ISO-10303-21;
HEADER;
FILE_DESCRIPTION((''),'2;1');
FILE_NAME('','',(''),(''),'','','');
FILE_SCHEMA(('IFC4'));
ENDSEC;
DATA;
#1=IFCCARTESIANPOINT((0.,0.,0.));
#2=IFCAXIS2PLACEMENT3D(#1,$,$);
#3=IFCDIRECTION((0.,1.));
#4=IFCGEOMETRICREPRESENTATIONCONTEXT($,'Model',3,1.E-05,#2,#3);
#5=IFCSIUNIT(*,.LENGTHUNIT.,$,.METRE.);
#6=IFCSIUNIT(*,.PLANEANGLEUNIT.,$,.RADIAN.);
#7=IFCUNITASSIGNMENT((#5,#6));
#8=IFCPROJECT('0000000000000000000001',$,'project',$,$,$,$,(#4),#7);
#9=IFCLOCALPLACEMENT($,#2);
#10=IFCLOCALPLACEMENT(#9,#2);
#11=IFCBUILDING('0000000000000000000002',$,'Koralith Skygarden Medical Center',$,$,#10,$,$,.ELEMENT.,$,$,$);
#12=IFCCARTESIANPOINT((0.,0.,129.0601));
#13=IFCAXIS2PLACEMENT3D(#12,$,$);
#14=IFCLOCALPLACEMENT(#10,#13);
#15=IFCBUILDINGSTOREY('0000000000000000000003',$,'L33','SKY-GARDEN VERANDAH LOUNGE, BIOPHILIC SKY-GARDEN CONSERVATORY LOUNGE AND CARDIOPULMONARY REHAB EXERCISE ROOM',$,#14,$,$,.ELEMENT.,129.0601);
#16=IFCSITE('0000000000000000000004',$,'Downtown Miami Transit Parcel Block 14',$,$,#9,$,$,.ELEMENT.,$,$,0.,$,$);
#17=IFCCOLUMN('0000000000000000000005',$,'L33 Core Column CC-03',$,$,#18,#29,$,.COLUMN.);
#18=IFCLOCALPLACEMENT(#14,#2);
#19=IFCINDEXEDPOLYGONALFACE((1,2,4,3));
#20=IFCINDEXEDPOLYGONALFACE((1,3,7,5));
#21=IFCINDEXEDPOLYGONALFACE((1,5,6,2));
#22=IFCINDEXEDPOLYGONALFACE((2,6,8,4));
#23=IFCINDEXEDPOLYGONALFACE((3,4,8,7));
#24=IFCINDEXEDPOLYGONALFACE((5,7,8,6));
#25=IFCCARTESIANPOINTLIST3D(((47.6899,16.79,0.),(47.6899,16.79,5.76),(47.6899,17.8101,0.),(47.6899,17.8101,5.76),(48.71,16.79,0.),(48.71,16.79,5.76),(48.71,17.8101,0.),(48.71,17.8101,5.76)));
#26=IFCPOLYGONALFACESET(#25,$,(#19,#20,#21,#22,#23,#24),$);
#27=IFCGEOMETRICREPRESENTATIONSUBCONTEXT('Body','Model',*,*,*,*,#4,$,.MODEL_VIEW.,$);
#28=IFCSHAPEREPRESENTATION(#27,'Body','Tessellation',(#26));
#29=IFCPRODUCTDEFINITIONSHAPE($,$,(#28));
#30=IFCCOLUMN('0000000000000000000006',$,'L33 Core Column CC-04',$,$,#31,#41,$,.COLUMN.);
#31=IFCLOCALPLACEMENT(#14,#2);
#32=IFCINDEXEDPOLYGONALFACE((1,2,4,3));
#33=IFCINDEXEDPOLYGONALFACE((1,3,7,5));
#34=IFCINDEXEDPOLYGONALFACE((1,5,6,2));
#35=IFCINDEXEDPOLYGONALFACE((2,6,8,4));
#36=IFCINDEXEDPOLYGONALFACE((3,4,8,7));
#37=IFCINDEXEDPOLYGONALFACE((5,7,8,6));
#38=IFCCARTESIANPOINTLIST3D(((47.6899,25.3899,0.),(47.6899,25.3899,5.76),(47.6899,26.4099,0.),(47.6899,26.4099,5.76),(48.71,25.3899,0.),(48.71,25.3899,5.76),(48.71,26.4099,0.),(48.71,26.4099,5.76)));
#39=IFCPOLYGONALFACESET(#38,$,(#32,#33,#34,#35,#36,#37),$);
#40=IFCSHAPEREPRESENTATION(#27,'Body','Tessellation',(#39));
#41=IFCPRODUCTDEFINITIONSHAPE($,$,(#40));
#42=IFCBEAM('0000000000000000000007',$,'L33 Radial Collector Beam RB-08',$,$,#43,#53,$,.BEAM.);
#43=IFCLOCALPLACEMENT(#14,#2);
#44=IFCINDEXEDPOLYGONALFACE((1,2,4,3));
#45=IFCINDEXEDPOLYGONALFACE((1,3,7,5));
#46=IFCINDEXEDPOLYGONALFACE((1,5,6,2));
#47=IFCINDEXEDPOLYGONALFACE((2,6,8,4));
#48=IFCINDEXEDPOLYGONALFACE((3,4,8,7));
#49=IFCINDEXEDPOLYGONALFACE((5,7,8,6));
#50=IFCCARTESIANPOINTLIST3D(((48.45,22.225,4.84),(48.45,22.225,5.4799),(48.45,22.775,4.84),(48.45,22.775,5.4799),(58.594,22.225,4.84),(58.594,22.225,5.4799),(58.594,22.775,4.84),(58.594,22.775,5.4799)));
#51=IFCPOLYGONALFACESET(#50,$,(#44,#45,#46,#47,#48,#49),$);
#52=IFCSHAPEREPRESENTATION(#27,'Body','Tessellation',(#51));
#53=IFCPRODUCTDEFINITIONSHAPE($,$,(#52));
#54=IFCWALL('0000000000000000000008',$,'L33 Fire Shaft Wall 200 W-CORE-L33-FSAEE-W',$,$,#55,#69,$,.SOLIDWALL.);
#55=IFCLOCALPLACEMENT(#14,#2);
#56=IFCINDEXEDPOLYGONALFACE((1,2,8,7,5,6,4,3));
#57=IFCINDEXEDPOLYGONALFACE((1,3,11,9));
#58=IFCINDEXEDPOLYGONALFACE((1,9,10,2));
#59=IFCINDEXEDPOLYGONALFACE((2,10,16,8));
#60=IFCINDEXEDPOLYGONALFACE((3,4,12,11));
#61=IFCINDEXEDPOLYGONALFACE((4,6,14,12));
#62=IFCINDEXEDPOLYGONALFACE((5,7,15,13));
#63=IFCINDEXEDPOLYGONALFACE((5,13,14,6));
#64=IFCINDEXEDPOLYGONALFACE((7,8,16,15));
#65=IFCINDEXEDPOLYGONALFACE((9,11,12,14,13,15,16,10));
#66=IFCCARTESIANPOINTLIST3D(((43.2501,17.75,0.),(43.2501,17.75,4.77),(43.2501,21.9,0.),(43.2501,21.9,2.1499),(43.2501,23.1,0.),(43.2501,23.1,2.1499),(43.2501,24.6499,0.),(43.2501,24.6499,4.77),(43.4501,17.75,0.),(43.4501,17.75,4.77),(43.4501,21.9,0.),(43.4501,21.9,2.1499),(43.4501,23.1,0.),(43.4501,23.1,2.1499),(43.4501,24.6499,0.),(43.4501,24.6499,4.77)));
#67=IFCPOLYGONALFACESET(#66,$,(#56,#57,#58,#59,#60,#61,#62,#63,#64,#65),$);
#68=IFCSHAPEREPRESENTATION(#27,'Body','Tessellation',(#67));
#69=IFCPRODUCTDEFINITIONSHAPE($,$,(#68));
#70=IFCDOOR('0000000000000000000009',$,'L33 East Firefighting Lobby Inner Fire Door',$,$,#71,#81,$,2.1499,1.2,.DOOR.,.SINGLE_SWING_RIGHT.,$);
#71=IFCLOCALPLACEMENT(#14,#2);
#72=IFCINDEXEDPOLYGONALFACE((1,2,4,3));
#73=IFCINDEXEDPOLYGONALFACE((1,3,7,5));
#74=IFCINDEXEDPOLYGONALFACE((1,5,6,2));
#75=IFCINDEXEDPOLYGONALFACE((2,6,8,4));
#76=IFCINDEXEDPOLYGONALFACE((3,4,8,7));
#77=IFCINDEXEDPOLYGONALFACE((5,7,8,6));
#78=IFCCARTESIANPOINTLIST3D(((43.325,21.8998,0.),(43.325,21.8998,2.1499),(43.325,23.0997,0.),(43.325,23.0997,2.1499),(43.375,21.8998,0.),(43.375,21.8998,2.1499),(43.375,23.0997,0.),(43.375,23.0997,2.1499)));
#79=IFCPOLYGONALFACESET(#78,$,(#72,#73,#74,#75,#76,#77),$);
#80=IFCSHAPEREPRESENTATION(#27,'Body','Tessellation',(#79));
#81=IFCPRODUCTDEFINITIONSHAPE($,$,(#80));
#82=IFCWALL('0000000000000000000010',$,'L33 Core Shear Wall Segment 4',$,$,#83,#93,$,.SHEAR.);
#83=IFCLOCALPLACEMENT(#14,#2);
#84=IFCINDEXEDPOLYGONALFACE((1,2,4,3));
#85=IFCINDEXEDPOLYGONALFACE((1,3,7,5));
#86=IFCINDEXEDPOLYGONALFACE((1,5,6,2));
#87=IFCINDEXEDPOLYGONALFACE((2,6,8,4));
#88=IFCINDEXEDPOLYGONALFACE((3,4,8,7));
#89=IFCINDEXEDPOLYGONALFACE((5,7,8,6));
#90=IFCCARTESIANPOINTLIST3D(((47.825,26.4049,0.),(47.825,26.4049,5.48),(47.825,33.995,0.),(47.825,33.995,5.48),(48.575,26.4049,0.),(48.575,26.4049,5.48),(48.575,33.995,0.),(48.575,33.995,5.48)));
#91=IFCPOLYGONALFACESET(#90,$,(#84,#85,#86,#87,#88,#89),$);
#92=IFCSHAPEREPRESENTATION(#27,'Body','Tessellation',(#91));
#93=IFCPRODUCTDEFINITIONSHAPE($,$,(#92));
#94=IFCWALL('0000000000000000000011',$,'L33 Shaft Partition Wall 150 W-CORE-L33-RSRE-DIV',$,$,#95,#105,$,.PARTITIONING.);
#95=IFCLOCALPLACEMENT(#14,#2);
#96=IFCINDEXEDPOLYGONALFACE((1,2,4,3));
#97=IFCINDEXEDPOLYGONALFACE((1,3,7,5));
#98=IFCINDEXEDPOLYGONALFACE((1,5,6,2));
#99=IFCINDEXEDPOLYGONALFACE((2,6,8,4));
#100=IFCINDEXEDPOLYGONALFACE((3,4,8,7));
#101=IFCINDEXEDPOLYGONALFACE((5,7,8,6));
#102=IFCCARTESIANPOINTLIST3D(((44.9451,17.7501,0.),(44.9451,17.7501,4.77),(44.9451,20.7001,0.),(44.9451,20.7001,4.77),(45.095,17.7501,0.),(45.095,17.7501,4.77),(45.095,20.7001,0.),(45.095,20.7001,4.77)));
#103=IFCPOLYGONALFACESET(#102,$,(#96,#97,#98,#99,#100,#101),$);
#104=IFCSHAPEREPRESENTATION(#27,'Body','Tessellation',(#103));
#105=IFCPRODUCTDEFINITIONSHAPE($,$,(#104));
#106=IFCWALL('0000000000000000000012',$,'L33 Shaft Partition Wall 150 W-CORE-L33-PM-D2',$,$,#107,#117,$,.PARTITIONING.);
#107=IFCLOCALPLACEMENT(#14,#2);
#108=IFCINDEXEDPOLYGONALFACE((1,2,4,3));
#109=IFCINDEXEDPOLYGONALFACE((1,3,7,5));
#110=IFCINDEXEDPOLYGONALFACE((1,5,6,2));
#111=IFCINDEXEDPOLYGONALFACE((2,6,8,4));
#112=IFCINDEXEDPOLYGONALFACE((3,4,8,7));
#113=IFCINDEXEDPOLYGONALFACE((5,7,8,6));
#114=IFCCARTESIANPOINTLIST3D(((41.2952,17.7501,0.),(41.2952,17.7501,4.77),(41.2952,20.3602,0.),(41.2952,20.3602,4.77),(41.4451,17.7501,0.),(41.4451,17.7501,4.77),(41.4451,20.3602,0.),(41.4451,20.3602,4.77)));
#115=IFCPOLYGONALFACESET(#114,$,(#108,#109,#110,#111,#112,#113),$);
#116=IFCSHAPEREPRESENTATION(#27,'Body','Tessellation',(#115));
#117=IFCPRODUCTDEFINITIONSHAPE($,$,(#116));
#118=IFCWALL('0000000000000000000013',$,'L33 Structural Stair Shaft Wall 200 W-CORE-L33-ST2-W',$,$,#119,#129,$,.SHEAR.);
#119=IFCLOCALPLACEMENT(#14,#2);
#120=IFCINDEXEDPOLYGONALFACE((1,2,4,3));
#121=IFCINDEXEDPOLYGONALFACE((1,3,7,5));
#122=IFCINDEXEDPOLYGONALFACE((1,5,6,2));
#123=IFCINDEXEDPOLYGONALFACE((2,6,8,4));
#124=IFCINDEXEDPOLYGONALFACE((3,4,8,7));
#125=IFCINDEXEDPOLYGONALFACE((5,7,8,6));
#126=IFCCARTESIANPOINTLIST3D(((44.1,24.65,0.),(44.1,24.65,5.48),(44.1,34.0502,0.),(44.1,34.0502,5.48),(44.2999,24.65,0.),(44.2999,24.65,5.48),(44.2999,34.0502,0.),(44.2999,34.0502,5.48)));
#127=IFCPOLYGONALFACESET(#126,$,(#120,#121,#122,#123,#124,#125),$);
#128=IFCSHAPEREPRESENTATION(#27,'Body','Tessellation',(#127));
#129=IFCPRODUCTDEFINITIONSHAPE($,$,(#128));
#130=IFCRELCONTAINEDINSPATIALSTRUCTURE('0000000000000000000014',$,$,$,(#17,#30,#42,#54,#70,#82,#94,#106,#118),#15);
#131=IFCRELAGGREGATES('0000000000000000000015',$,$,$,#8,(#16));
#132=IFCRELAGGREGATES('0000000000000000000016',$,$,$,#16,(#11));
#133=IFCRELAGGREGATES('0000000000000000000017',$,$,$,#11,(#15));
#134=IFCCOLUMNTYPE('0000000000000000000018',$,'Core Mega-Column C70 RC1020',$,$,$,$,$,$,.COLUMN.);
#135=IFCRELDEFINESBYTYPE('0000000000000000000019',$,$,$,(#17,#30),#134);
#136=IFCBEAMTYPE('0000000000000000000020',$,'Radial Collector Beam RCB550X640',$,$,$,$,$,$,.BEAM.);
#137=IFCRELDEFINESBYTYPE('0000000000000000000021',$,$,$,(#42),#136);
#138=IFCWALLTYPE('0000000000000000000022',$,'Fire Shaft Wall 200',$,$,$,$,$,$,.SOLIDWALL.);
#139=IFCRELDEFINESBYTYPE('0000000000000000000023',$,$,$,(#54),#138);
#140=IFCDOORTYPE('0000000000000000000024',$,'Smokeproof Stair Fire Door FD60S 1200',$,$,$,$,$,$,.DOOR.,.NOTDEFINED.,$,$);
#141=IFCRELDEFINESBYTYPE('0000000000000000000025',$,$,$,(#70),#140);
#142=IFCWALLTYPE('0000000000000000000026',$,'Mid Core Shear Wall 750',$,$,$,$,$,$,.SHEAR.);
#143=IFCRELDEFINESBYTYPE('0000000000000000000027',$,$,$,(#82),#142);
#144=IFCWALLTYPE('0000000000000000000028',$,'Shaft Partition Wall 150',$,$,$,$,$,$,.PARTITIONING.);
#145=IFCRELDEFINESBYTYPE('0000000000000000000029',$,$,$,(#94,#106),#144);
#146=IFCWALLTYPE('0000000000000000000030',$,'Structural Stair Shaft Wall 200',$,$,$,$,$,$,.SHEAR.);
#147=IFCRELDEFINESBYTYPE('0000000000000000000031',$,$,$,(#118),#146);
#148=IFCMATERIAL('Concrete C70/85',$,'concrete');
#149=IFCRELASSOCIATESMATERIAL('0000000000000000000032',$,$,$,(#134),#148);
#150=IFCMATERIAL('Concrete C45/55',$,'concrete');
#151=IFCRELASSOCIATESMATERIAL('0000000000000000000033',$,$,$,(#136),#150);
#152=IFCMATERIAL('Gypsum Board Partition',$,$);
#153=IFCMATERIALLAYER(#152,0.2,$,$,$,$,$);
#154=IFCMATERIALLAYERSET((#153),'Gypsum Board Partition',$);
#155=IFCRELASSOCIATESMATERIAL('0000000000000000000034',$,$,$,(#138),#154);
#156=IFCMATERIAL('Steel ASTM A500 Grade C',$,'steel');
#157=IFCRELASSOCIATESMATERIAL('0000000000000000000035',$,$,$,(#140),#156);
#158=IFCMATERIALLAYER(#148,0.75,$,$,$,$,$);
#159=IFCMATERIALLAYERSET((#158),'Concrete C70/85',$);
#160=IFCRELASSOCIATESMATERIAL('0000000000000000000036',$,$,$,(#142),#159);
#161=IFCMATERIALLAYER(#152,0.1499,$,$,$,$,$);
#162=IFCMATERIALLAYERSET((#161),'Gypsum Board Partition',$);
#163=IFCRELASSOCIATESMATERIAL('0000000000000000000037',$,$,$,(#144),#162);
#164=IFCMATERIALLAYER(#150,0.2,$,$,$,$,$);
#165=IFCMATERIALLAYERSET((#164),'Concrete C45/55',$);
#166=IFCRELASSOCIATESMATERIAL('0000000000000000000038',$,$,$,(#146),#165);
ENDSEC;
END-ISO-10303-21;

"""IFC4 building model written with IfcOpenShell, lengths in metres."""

from ifc_helpers import new_model, si_unit, direction, frame, frame_2d, origin, origin_2d, place, context, subcontext, project, spatial, rectangle, extrude, material, layer, layer_set, material_profile, profile_set, type_object, element, fill, save


model = new_model("IFC4")

# Units and contexts
model_context = context("Model", 3, precision=1e-05, world=origin(), true_north=direction((0.0, 1.0)))
body_context = subcontext(model_context, "Body", "Model", "MODEL_VIEW")
ifc_project = project(units=[si_unit("LENGTHUNIT", "METRE"), si_unit("PLANEANGLEUNIT", "RADIAN")], contexts=[model_context])

# Site, building, storey
site_placement = place(None, origin())
site = spatial("IfcSite", under=ifc_project, at=site_placement, Name="Downtown Miami Transit Parcel Block 14", CompositionType="ELEMENT", RefElevation=0.0)
building_placement = place(site_placement, origin())
building = spatial("IfcBuilding", under=site, at=building_placement, Name="Koralith Skygarden Medical Center", CompositionType="ELEMENT")
storey_placement = place(building_placement, frame((0.0, 0.0, 129.0601)))
storey = spatial("IfcBuildingStorey", under=building, at=storey_placement, Name="L33", Description="SKY-GARDEN VERANDAH LOUNGE, BIOPHILIC SKY-GARDEN CONSERVATORY LOUNGE AND CARDIOPULMONARY REHAB EXERCISE ROOM", CompositionType="ELEMENT", Elevation=129.0601)

# Columns
ifc_material_1 = material(Name="Concrete C70/85", Category="concrete")
ifc_material_profile_1 = material_profile(ifc_material_1, rectangle(XDim=1.02, YDim=1.02, at=origin_2d()), Name="RC1020X1020")
ifc_profile_set_1 = profile_set([ifc_material_profile_1], Name="Concrete C70/85")
column_type = type_object("IfcColumnType", Name="Core Mega-Column C70 RC1020", PredefinedType="COLUMN", material=ifc_profile_set_1)
for number, where, z_axis, x_axis, name in (
    (1, (48.2, 17.3, 0.0), (0.0, 0.0, 1.0), (1.0, 0.0, 0.0), "L33 Core Column CC-03"),
    (2, (48.2, 25.8999, 0.0), (0.0, 0.0, 1.0), (1.0, 0.0, 0.0), "L33 Core Column CC-04"),
):
    element("IfcColumn", number, at=place(storey_placement, frame(where, z_axis=z_axis, x_axis=x_axis)), inside=storey, type_object=column_type, Name=name, PredefinedType="COLUMN", context=body_context, shape_type="SweptSolid", body=[
        extrude(rectangle(XDim=1.02, YDim=1.02, at=origin_2d()), origin(), (0.0, 0.0, 1.0), 5.76),
    ])

# Beam
ifc_material_2 = material(Name="Concrete C45/55", Category="concrete")
ifc_material_profile_2 = material_profile(ifc_material_2, rectangle(XDim=0.55, YDim=0.6399, at=origin_2d()), Name="RCB550X640")
ifc_profile_set_2 = profile_set([ifc_material_profile_2], Name="Concrete C45/55")
beam_type = type_object("IfcBeamType", Name="Radial Collector Beam RCB550X640", PredefinedType="BEAM", material=ifc_profile_set_2)
beam_placement = place(storey_placement, frame((48.45, 22.5, 5.1599), z_axis=(1.0, 0.0, 0.0), x_axis=(0.0, 1.0, 0.0)))
element("IfcBeam", 3, at=beam_placement, inside=storey, type_object=beam_type, Name="L33 Radial Collector Beam RB-08", PredefinedType="BEAM", context=body_context, shape_type="SweptSolid", body=[
    extrude(rectangle(XDim=0.55, YDim=0.6399, at=origin_2d()), origin(), (0.0, 0.0, 1.0), 10.144),
])

# Wall, opening, door
ifc_material_3 = material(Name="Gypsum Board Partition")
ifc_layer_1 = layer(ifc_material_3, 0.2)
ifc_layer_set_1 = layer_set([ifc_layer_1], Name="Gypsum Board Partition")
wall_type_1 = type_object("IfcWallType", Name="Fire Shaft Wall 200", PredefinedType="SOLIDWALL", material=ifc_layer_set_1)
ifc_material_4 = material(Name="Steel ASTM A500 Grade C", Category="steel")
wall_1_placement = place(storey_placement, frame((43.3501, 17.75, 0.0), z_axis=(0.0, 0.0, 1.0), x_axis=(0.0, 1.0, 0.0)))
wall_1 = element("IfcWall", 4, at=wall_1_placement, inside=storey, type_object=wall_type_1, Name="L33 Fire Shaft Wall 200 W-CORE-L33-FSAEE-W", PredefinedType="SOLIDWALL", context=body_context, shape_type="SweptSolid", body=[
    extrude(rectangle(XDim=6.8999, YDim=0.2, at=frame_2d((3.45, 0.0))), origin(), (0.0, 0.0, 1.0), 4.77),
])
opening_1_placement = place(wall_1_placement, frame((4.1499, 0.0, 0.0)))
opening_1 = element("IfcOpeningElement", 5, at=opening_1_placement, cuts=wall_1, PredefinedType="OPENING", context=body_context, shape_type="SweptSolid", body=[
    extrude(rectangle(XDim=1.2, YDim=2.1499, at=frame_2d((0.6001, 1.075))), frame((0.0, 0.1099, 0.0), z_axis=(0.0, -1.0, 0.0), x_axis=(1.0, 0.0, 0.0)), (0.0, 0.0, 1.0), 0.22),
])
door_type_1 = type_object("IfcDoorType", Name="Smokeproof Stair Fire Door FD60S 1200", OperationType="NOTDEFINED", PredefinedType="DOOR", material=ifc_material_4)
door_1_placement = place(opening_1_placement, frame((1.2, 0.0, 0.0), z_axis=(0.0, 0.0, 1.0), x_axis=(-1.0, 0.0, 0.0)))
door_1 = element("IfcDoor", 6, at=door_1_placement, inside=storey, type_object=door_type_1, Name="L33 East Firefighting Lobby Inner Fire Door", OperationType="SINGLE_SWING_RIGHT", OverallHeight=2.1499, OverallWidth=1.2, PredefinedType="DOOR", context=body_context, shape_type="SweptSolid", body=[
    extrude(rectangle(XDim=1.2, YDim=2.1499, at=frame_2d((0.6001, 1.075))), frame((0.0, 0.0249, 0.0), z_axis=(0.0, -1.0, 0.0), x_axis=(1.0, 0.0, 0.0)), (0.0, 0.0, 1.0), 0.05),
])
fill(opening_1, door_1)
ifc_layer_2 = layer(ifc_material_1, 0.75)
ifc_layer_set_2 = layer_set([ifc_layer_2], Name="Concrete C70/85")
wall_type_2 = type_object("IfcWallType", Name="Mid Core Shear Wall 750", PredefinedType="SHEAR", material=ifc_layer_set_2)

# Walls
wall_2_placement = place(storey_placement, frame((48.2, 26.405, 0.0), z_axis=(0.0, 0.0, 1.0), x_axis=(0.0, 1.0, 0.0)))
element("IfcWall", 7, at=wall_2_placement, inside=storey, type_object=wall_type_2, Name="L33 Core Shear Wall Segment 4", PredefinedType="SHEAR", context=body_context, shape_type="SweptSolid", body=[
    extrude(rectangle(XDim=7.5901, YDim=0.75, at=frame_2d((3.7949, 0.0))), origin(), (0.0, 0.0, 1.0), 5.48),
])
ifc_layer_3 = layer(ifc_material_3, 0.1499)
ifc_layer_set_3 = layer_set([ifc_layer_3], Name="Gypsum Board Partition")
wall_type_3 = type_object("IfcWallType", Name="Shaft Partition Wall 150", PredefinedType="PARTITIONING", material=ifc_layer_set_3)
wall_3_placement = place(storey_placement, frame((45.02, 17.75, 0.0), z_axis=(0.0, 0.0, 1.0), x_axis=(0.0, 1.0, 0.0)))
element("IfcWall", 8, at=wall_3_placement, inside=storey, type_object=wall_type_3, Name="L33 Shaft Partition Wall 150 W-CORE-L33-RSRE-DIV", PredefinedType="PARTITIONING", context=body_context, shape_type="SweptSolid", body=[
    extrude(rectangle(XDim=2.95, YDim=0.1499, at=frame_2d((1.4751, 0.0))), origin(), (0.0, 0.0, 1.0), 4.77),
])
wall_4_placement = place(storey_placement, frame((41.3701, 17.75, 0.0), z_axis=(0.0, 0.0, 1.0), x_axis=(0.0, 1.0, 0.0)))
element("IfcWall", 9, at=wall_4_placement, inside=storey, type_object=wall_type_3, Name="L33 Shaft Partition Wall 150 W-CORE-L33-PM-D2", PredefinedType="PARTITIONING", context=body_context, shape_type="SweptSolid", body=[
    extrude(rectangle(XDim=2.6101, YDim=0.1499, at=frame_2d((1.3052, 0.0))), origin(), (0.0, 0.0, 1.0), 4.77),
])
ifc_layer_4 = layer(ifc_material_2, 0.2)
ifc_layer_set_4 = layer_set([ifc_layer_4], Name="Concrete C45/55")
wall_type_4 = type_object("IfcWallType", Name="Structural Stair Shaft Wall 200", PredefinedType="SHEAR", material=ifc_layer_set_4)
wall_5_placement = place(storey_placement, frame((44.2, 24.6499, 0.0), z_axis=(0.0, 0.0, 1.0), x_axis=(0.0, 1.0, 0.0)))
element("IfcWall", 10, at=wall_5_placement, inside=storey, type_object=wall_type_4, Name="L33 Structural Stair Shaft Wall 200 W-CORE-L33-ST2-W", PredefinedType="SHEAR", context=body_context, shape_type="SweptSolid", body=[
    extrude(rectangle(XDim=9.4001, YDim=0.2, at=frame_2d((4.7002, 0.0))), origin(), (0.0, 0.0, 1.0), 5.48),
])

save(model, "model.ifc")
